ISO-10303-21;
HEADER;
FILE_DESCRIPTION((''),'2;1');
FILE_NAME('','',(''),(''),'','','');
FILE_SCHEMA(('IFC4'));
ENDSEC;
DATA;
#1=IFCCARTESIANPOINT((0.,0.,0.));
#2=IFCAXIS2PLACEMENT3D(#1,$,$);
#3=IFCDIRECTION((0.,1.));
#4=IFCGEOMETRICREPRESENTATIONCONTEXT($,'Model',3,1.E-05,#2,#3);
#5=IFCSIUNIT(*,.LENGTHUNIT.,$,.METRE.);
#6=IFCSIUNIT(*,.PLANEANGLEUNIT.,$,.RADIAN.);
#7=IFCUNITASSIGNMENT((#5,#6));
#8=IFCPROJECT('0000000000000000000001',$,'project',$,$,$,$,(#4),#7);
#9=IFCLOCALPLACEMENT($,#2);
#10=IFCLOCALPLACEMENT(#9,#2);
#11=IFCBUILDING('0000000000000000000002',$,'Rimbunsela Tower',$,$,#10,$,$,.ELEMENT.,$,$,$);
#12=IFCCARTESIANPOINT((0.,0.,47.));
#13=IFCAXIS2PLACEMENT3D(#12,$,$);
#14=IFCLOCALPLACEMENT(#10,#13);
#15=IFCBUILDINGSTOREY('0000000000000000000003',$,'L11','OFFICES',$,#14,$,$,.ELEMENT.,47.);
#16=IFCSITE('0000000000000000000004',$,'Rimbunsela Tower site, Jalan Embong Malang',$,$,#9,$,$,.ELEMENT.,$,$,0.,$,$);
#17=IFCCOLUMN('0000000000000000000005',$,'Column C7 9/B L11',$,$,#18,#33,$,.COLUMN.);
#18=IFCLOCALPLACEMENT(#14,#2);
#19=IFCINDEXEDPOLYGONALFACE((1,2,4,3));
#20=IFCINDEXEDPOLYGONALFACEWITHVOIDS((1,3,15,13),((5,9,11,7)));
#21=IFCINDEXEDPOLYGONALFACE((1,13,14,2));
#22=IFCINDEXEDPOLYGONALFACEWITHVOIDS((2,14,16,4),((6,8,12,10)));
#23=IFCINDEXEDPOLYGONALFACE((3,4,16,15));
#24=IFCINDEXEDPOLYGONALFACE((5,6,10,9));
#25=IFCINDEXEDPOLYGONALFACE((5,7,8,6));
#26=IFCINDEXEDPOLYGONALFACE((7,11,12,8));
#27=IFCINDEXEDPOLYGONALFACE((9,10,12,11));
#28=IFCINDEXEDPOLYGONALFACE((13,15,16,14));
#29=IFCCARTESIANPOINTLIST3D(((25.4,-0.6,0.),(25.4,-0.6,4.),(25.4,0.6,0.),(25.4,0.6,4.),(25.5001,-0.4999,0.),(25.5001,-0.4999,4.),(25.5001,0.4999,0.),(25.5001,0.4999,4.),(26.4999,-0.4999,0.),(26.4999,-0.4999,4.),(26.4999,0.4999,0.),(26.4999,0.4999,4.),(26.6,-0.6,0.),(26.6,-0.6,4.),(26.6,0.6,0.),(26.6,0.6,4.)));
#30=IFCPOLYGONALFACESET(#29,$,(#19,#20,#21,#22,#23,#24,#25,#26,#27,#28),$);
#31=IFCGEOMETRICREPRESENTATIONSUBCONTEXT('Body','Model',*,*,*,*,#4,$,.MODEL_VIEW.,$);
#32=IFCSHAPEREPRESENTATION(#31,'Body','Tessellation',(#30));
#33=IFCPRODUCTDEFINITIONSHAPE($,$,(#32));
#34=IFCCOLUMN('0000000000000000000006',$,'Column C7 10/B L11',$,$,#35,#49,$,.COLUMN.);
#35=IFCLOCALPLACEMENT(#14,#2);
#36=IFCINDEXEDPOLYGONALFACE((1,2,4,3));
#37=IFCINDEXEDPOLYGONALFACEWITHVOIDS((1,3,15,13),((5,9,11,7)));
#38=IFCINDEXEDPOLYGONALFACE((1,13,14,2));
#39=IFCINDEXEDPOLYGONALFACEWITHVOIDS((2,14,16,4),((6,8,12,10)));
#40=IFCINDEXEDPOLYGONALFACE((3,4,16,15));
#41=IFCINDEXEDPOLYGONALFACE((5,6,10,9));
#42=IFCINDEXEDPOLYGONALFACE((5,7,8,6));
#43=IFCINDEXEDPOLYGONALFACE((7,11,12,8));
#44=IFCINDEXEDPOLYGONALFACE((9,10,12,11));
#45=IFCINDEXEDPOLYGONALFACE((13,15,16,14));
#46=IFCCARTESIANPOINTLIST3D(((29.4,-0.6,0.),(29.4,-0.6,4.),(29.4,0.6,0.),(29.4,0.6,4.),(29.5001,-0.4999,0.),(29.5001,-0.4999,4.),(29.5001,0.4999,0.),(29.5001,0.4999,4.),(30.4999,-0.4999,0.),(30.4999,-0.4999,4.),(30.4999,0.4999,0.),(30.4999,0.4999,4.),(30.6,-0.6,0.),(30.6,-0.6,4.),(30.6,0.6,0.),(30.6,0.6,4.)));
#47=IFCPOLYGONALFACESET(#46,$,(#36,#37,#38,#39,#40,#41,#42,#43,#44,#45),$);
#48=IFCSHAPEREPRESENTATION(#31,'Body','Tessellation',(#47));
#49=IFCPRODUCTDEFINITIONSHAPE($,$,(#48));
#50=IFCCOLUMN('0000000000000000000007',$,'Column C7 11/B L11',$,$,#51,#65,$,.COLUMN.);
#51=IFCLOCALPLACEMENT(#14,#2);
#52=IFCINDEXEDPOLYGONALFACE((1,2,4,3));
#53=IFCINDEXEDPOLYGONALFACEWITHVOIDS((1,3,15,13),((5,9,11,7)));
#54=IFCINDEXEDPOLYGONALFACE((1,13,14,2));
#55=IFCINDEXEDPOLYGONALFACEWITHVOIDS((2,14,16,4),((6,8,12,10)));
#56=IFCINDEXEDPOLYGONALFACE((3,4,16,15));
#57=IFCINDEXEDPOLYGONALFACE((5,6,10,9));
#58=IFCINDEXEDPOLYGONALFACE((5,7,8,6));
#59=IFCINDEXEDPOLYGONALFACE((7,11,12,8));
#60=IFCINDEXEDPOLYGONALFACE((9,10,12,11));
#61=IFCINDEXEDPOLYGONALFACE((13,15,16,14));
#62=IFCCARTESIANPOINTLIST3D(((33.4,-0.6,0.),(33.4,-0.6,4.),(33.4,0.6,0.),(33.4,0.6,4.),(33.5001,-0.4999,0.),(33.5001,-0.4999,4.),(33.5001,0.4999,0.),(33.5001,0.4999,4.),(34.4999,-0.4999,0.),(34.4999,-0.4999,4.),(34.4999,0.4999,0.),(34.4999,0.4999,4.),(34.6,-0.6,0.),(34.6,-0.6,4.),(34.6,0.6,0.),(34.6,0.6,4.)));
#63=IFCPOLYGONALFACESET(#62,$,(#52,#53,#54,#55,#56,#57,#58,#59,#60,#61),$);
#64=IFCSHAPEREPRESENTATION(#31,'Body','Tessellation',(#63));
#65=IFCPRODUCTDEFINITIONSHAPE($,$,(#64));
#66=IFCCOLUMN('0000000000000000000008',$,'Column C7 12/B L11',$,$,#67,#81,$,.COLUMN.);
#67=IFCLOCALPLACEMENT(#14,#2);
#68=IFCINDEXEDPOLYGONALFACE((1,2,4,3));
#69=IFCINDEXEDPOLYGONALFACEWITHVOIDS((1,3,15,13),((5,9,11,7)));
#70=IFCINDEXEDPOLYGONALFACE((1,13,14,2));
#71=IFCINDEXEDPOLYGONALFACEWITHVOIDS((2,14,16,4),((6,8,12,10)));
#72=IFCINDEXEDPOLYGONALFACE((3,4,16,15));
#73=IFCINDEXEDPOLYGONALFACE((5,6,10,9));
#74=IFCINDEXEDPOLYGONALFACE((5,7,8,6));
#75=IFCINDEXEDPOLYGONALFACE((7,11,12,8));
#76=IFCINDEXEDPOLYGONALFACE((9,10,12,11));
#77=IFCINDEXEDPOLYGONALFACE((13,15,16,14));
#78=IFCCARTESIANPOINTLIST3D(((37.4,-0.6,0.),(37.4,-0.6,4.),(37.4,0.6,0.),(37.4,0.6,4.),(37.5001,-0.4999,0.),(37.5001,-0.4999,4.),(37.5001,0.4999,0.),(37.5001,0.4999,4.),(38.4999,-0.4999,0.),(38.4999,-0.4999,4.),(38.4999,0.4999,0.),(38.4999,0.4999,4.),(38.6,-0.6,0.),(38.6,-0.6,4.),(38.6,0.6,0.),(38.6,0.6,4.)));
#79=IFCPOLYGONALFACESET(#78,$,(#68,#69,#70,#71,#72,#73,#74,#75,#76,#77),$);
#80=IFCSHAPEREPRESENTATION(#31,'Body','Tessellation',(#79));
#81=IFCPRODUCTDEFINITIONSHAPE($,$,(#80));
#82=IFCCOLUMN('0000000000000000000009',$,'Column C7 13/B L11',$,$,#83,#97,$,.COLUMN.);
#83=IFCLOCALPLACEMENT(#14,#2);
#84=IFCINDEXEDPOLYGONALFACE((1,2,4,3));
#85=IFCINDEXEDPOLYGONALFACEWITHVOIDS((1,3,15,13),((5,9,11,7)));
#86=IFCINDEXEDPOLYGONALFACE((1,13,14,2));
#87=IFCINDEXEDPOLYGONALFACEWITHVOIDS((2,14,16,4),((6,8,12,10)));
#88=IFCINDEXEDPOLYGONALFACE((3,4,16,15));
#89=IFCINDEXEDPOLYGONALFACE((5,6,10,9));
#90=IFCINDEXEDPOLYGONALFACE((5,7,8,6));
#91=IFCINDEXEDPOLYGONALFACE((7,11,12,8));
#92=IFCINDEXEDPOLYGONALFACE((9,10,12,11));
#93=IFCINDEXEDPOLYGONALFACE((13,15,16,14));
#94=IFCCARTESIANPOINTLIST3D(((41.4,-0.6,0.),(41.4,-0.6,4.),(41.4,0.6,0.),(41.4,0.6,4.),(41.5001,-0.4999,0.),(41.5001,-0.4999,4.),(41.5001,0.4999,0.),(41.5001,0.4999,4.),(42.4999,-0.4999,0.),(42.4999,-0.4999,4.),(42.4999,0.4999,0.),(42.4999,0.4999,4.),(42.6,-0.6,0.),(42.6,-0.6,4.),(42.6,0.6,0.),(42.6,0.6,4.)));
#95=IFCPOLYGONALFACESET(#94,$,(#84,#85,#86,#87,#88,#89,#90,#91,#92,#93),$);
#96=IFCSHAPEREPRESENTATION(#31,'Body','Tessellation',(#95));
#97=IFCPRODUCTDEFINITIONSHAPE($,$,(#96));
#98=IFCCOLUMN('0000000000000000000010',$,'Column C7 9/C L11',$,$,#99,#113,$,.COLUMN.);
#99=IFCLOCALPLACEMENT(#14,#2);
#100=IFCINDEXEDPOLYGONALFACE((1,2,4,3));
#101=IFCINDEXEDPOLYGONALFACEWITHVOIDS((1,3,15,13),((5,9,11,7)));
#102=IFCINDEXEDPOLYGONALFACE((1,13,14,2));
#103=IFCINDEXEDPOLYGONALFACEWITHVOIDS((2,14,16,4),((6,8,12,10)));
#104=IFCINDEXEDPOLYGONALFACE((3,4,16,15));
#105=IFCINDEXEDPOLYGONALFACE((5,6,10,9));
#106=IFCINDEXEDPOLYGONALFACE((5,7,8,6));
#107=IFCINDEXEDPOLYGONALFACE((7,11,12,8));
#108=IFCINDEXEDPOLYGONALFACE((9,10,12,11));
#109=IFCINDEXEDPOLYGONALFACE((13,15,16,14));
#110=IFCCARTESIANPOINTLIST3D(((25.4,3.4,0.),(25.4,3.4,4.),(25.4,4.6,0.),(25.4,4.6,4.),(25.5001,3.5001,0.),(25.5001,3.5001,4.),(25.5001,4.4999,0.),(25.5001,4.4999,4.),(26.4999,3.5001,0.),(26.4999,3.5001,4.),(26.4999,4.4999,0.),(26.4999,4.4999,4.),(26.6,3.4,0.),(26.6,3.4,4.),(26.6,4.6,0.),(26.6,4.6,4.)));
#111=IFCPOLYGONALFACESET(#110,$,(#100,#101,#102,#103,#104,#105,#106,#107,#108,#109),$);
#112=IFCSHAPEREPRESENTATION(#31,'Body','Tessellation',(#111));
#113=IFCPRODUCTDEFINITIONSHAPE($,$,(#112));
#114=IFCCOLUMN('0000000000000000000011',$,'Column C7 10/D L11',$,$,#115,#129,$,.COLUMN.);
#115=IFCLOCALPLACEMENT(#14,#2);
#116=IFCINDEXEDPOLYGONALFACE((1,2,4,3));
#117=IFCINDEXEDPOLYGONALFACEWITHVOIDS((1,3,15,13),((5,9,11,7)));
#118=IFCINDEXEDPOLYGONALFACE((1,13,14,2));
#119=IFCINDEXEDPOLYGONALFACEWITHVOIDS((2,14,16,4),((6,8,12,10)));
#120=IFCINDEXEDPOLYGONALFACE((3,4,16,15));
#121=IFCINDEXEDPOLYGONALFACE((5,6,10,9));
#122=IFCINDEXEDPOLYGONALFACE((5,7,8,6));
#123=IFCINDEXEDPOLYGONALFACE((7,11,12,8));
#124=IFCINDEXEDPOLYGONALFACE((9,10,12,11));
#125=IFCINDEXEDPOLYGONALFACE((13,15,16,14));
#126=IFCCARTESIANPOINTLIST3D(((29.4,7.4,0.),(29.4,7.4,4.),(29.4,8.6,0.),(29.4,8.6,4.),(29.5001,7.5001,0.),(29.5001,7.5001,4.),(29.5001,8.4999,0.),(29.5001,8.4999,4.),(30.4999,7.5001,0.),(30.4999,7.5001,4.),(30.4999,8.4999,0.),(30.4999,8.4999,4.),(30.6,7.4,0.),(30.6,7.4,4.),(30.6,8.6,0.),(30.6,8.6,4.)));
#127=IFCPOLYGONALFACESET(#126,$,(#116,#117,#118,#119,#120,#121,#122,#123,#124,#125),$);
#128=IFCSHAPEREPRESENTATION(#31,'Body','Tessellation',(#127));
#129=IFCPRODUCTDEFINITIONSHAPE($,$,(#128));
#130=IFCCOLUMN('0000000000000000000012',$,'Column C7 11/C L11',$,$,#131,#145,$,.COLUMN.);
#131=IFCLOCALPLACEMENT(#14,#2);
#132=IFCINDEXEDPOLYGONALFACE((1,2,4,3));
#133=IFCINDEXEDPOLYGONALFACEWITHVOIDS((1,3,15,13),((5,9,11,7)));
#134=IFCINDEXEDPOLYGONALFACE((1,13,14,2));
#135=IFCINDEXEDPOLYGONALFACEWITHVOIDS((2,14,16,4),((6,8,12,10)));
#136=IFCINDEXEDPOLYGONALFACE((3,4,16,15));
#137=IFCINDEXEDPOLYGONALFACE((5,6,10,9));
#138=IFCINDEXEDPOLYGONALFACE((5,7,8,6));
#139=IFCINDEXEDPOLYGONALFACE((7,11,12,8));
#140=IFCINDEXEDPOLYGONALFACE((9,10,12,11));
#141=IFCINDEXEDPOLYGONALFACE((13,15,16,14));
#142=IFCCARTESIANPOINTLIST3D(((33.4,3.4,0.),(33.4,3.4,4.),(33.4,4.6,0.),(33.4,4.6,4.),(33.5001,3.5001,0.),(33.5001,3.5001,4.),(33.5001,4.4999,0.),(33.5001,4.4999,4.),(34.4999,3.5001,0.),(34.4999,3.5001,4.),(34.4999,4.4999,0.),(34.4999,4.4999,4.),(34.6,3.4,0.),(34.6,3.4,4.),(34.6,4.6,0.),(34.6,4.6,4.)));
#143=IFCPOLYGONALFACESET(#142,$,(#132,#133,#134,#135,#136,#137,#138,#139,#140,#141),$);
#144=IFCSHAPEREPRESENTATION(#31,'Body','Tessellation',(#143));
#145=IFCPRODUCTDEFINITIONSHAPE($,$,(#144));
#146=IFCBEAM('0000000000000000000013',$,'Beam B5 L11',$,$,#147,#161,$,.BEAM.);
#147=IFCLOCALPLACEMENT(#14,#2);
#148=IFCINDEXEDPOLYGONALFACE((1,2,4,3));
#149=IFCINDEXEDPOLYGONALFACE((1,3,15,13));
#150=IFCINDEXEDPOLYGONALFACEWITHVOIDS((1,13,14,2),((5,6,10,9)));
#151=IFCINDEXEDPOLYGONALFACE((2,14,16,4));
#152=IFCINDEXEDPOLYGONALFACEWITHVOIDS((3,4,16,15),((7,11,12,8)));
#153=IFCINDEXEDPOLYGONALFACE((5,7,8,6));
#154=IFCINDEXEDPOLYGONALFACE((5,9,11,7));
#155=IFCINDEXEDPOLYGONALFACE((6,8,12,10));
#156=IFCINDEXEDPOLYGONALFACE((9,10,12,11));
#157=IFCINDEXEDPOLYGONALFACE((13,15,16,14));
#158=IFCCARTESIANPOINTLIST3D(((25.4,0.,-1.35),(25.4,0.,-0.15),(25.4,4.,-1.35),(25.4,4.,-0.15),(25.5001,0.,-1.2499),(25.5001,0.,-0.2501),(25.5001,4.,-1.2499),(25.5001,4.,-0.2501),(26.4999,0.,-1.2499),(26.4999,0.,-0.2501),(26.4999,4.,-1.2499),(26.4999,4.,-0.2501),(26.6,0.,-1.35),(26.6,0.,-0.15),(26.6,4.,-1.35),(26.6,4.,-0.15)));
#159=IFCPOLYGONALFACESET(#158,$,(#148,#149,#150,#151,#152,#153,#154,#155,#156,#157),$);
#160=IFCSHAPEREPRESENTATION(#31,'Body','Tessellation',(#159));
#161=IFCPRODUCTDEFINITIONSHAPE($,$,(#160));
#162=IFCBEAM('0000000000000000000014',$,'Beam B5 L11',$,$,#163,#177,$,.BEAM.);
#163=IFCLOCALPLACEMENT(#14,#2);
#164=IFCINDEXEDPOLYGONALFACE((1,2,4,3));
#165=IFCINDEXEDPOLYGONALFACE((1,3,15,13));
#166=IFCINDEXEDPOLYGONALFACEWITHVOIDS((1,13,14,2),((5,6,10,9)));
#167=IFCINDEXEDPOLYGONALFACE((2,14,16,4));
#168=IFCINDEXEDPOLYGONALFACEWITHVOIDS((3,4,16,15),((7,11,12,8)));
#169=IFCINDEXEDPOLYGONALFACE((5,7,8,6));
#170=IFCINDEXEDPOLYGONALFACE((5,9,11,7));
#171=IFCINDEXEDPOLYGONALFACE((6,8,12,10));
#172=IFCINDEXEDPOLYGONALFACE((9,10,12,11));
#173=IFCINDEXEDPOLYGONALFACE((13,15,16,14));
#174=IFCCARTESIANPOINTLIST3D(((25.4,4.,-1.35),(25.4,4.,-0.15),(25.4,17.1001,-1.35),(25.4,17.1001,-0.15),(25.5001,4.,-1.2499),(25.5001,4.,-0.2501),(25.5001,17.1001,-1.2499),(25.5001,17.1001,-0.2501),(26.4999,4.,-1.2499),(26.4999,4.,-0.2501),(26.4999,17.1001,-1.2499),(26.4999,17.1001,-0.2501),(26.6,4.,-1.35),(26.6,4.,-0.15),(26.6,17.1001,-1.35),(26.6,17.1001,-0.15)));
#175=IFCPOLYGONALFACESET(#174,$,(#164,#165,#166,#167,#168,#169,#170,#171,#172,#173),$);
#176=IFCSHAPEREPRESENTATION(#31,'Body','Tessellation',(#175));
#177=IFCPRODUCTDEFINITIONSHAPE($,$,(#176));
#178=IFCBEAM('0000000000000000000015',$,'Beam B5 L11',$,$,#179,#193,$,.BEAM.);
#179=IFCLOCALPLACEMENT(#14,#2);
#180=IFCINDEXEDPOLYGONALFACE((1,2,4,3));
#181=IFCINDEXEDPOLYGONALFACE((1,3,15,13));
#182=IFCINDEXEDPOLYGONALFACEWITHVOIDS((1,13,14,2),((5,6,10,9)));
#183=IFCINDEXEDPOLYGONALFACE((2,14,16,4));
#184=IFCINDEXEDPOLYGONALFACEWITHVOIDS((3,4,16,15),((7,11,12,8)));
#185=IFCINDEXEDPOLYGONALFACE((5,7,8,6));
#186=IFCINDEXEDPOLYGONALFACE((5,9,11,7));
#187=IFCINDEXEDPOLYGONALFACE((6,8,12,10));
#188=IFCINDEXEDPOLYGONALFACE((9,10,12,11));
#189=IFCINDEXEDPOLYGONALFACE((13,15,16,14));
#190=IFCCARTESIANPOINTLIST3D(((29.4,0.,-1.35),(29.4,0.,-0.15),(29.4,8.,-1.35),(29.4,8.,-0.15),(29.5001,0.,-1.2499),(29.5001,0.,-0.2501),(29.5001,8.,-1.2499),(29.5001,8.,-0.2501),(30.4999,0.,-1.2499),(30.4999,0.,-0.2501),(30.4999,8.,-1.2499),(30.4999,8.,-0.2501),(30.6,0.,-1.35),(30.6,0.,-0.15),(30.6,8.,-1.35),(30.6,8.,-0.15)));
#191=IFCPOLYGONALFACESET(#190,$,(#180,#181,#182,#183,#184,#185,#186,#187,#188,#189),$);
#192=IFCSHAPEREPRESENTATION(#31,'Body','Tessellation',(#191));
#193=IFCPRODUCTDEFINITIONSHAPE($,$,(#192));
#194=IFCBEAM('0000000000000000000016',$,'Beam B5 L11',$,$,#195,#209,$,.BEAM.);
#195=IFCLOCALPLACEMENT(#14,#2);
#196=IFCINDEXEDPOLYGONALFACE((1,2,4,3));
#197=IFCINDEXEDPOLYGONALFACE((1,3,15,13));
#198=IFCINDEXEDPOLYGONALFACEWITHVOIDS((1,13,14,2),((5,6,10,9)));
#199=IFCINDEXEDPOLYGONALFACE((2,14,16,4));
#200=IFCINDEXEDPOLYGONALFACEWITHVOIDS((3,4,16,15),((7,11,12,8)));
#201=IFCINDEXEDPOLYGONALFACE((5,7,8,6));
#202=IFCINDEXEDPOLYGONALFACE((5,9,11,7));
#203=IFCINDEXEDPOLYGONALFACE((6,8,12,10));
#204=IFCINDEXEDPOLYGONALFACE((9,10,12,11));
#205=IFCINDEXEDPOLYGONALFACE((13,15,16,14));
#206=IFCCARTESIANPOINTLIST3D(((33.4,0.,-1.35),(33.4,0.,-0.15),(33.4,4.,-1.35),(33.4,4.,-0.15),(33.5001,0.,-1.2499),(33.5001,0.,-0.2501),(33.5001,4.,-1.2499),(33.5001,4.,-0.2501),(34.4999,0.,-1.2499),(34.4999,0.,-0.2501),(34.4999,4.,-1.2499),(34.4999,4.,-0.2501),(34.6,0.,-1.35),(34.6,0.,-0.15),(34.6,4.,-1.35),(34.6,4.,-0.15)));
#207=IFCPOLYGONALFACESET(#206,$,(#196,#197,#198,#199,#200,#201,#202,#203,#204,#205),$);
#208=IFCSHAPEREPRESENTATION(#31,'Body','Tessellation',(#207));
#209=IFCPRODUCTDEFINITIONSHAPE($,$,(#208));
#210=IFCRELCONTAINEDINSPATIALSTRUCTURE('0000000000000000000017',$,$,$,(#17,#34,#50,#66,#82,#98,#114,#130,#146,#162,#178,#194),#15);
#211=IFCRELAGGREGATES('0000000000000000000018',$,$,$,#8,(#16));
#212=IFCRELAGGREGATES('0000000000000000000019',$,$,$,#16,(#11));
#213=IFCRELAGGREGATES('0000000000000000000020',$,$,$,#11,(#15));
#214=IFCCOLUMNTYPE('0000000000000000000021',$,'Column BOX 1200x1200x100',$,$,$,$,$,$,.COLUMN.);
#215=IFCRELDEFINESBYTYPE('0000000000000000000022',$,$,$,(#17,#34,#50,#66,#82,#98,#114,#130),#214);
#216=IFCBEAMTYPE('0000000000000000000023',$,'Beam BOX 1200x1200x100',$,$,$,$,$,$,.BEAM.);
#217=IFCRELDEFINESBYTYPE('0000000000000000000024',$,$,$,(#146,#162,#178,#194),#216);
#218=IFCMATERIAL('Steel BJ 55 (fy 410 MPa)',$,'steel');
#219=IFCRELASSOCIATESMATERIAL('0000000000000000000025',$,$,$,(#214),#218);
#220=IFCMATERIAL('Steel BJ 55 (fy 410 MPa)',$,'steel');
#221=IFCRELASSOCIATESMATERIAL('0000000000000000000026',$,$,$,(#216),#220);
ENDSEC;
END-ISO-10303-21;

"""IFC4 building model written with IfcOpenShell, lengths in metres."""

from ifc_helpers import new_model, si_unit, direction, frame, origin, origin_2d, place, context, subcontext, project, spatial, hollow_rectangle, extrude, material, material_profile, profile_set, type_object, element, save


model = new_model("IFC4")

# Units and contexts
model_context = context("Model", 3, precision=1e-05, world=origin(), true_north=direction((0.0, 1.0)))
body_context = subcontext(model_context, "Body", "Model", "MODEL_VIEW")
ifc_project = project(units=[si_unit("LENGTHUNIT", "METRE"), si_unit("PLANEANGLEUNIT", "RADIAN")], contexts=[model_context])

# Site, building, storey
site_placement = place(None, origin())
site = spatial("IfcSite", under=ifc_project, at=site_placement, Name="Rimbunsela Tower site, Jalan Embong Malang", CompositionType="ELEMENT", RefElevation=0.0)
building_placement = place(site_placement, origin())
building = spatial("IfcBuilding", under=site, at=building_placement, Name="Rimbunsela Tower", CompositionType="ELEMENT")
storey_placement = place(building_placement, frame((0.0, 0.0, 47.0)))
storey = spatial("IfcBuildingStorey", under=building, at=storey_placement, Name="L11", Description="OFFICES", CompositionType="ELEMENT", Elevation=47.0)

# Columns
ifc_material_1 = material(Name="Steel BJ 55 (fy 410 MPa)", Category="steel")
ifc_material_profile_1 = material_profile(ifc_material_1, hollow_rectangle(XDim=1.2, YDim=1.2, WallThickness=0.1001, at=origin_2d()), Name="BOX 1200x1200x100")
ifc_profile_set_1 = profile_set([ifc_material_profile_1], Name="Steel BJ 55 (fy 410 MPa)")
column_type = type_object("IfcColumnType", Name="Column BOX 1200x1200x100", PredefinedType="COLUMN", material=ifc_profile_set_1)
for number, where, z_axis, x_axis, name in (
    (1, (26.0, 0.0, 0.0), (0.0, 0.0, 1.0), (1.0, 0.0, 0.0), "Column C7 9/B L11"),
    (2, (30.0, 0.0, 0.0), (0.0, 0.0, 1.0), (1.0, 0.0, 0.0), "Column C7 10/B L11"),
    (3, (34.0, 0.0, 0.0), (0.0, 0.0, 1.0), (1.0, 0.0, 0.0), "Column C7 11/B L11"),
    (4, (38.0, 0.0, 0.0), (0.0, 0.0, 1.0), (1.0, 0.0, 0.0), "Column C7 12/B L11"),
    (5, (42.0, 0.0, 0.0), (0.0, 0.0, 1.0), (1.0, 0.0, 0.0), "Column C7 13/B L11"),
    (6, (26.0, 4.0, 0.0), (0.0, 0.0, 1.0), (1.0, 0.0, 0.0), "Column C7 9/C L11"),
    (7, (30.0, 8.0, 0.0), (0.0, 0.0, 1.0), (1.0, 0.0, 0.0), "Column C7 10/D L11"),
    (8, (34.0, 4.0, 0.0), (0.0, 0.0, 1.0), (1.0, 0.0, 0.0), "Column C7 11/C L11"),
):
    element("IfcColumn", number, at=place(storey_placement, frame(where, z_axis=z_axis, x_axis=x_axis)), inside=storey, type_object=column_type, Name=name, PredefinedType="COLUMN", context=body_context, shape_type="SweptSolid", body=[
        extrude(hollow_rectangle(XDim=1.2, YDim=1.2, WallThickness=0.1001, at=origin_2d()), origin(), (0.0, 0.0, 1.0), 4.0),
    ])

# Beams
ifc_material_2 = material(Name="Steel BJ 55 (fy 410 MPa)", Category="steel")
ifc_material_profile_2 = material_profile(ifc_material_2, hollow_rectangle(XDim=1.2, YDim=1.2, WallThickness=0.1001, at=origin_2d()), Name="BOX 1200x1200x100")
ifc_profile_set_2 = profile_set([ifc_material_profile_2], Name="Steel BJ 55 (fy 410 MPa)")
beam_type = type_object("IfcBeamType", Name="Beam BOX 1200x1200x100", PredefinedType="BEAM", material=ifc_profile_set_2)
beam_1_placement = place(storey_placement, frame((26.0, 0.0, -0.75), z_axis=(0.0, 1.0, 0.0), x_axis=(-1.0, 0.0, 0.0)))
element("IfcBeam", 9, at=beam_1_placement, inside=storey, type_object=beam_type, Name="Beam B5 L11", PredefinedType="BEAM", context=body_context, shape_type="SweptSolid", body=[
    extrude(hollow_rectangle(XDim=1.2, YDim=1.2, WallThickness=0.1001, at=origin_2d()), origin(), (0.0, 0.0, 1.0), 4.0),
])
beam_2_placement = place(storey_placement, frame((26.0, 4.0, -0.75), z_axis=(0.0, 1.0, 0.0), x_axis=(-1.0, 0.0, 0.0)))
element("IfcBeam", 10, at=beam_2_placement, inside=storey, type_object=beam_type, Name="Beam B5 L11", PredefinedType="BEAM", context=body_context, shape_type="SweptSolid", body=[
    extrude(hollow_rectangle(XDim=1.2, YDim=1.2, WallThickness=0.1001, at=origin_2d()), origin(), (0.0, 0.0, 1.0), 13.1001),
])
beam_3_placement = place(storey_placement, frame((30.0, 0.0, -0.75), z_axis=(0.0, 1.0, 0.0), x_axis=(-1.0, 0.0, 0.0)))
element("IfcBeam", 11, at=beam_3_placement, inside=storey, type_object=beam_type, Name="Beam B5 L11", PredefinedType="BEAM", context=body_context, shape_type="SweptSolid", body=[
    extrude(hollow_rectangle(XDim=1.2, YDim=1.2, WallThickness=0.1001, at=origin_2d()), origin(), (0.0, 0.0, 1.0), 8.0),
])
beam_4_placement = place(storey_placement, frame((34.0, 0.0, -0.75), z_axis=(0.0, 1.0, 0.0), x_axis=(-1.0, 0.0, 0.0)))
element("IfcBeam", 12, at=beam_4_placement, inside=storey, type_object=beam_type, Name="Beam B5 L11", PredefinedType="BEAM", context=body_context, shape_type="SweptSolid", body=[
    extrude(hollow_rectangle(XDim=1.2, YDim=1.2, WallThickness=0.1001, at=origin_2d()), origin(), (0.0, 0.0, 1.0), 4.0),
])

save(model, "model.ifc")
